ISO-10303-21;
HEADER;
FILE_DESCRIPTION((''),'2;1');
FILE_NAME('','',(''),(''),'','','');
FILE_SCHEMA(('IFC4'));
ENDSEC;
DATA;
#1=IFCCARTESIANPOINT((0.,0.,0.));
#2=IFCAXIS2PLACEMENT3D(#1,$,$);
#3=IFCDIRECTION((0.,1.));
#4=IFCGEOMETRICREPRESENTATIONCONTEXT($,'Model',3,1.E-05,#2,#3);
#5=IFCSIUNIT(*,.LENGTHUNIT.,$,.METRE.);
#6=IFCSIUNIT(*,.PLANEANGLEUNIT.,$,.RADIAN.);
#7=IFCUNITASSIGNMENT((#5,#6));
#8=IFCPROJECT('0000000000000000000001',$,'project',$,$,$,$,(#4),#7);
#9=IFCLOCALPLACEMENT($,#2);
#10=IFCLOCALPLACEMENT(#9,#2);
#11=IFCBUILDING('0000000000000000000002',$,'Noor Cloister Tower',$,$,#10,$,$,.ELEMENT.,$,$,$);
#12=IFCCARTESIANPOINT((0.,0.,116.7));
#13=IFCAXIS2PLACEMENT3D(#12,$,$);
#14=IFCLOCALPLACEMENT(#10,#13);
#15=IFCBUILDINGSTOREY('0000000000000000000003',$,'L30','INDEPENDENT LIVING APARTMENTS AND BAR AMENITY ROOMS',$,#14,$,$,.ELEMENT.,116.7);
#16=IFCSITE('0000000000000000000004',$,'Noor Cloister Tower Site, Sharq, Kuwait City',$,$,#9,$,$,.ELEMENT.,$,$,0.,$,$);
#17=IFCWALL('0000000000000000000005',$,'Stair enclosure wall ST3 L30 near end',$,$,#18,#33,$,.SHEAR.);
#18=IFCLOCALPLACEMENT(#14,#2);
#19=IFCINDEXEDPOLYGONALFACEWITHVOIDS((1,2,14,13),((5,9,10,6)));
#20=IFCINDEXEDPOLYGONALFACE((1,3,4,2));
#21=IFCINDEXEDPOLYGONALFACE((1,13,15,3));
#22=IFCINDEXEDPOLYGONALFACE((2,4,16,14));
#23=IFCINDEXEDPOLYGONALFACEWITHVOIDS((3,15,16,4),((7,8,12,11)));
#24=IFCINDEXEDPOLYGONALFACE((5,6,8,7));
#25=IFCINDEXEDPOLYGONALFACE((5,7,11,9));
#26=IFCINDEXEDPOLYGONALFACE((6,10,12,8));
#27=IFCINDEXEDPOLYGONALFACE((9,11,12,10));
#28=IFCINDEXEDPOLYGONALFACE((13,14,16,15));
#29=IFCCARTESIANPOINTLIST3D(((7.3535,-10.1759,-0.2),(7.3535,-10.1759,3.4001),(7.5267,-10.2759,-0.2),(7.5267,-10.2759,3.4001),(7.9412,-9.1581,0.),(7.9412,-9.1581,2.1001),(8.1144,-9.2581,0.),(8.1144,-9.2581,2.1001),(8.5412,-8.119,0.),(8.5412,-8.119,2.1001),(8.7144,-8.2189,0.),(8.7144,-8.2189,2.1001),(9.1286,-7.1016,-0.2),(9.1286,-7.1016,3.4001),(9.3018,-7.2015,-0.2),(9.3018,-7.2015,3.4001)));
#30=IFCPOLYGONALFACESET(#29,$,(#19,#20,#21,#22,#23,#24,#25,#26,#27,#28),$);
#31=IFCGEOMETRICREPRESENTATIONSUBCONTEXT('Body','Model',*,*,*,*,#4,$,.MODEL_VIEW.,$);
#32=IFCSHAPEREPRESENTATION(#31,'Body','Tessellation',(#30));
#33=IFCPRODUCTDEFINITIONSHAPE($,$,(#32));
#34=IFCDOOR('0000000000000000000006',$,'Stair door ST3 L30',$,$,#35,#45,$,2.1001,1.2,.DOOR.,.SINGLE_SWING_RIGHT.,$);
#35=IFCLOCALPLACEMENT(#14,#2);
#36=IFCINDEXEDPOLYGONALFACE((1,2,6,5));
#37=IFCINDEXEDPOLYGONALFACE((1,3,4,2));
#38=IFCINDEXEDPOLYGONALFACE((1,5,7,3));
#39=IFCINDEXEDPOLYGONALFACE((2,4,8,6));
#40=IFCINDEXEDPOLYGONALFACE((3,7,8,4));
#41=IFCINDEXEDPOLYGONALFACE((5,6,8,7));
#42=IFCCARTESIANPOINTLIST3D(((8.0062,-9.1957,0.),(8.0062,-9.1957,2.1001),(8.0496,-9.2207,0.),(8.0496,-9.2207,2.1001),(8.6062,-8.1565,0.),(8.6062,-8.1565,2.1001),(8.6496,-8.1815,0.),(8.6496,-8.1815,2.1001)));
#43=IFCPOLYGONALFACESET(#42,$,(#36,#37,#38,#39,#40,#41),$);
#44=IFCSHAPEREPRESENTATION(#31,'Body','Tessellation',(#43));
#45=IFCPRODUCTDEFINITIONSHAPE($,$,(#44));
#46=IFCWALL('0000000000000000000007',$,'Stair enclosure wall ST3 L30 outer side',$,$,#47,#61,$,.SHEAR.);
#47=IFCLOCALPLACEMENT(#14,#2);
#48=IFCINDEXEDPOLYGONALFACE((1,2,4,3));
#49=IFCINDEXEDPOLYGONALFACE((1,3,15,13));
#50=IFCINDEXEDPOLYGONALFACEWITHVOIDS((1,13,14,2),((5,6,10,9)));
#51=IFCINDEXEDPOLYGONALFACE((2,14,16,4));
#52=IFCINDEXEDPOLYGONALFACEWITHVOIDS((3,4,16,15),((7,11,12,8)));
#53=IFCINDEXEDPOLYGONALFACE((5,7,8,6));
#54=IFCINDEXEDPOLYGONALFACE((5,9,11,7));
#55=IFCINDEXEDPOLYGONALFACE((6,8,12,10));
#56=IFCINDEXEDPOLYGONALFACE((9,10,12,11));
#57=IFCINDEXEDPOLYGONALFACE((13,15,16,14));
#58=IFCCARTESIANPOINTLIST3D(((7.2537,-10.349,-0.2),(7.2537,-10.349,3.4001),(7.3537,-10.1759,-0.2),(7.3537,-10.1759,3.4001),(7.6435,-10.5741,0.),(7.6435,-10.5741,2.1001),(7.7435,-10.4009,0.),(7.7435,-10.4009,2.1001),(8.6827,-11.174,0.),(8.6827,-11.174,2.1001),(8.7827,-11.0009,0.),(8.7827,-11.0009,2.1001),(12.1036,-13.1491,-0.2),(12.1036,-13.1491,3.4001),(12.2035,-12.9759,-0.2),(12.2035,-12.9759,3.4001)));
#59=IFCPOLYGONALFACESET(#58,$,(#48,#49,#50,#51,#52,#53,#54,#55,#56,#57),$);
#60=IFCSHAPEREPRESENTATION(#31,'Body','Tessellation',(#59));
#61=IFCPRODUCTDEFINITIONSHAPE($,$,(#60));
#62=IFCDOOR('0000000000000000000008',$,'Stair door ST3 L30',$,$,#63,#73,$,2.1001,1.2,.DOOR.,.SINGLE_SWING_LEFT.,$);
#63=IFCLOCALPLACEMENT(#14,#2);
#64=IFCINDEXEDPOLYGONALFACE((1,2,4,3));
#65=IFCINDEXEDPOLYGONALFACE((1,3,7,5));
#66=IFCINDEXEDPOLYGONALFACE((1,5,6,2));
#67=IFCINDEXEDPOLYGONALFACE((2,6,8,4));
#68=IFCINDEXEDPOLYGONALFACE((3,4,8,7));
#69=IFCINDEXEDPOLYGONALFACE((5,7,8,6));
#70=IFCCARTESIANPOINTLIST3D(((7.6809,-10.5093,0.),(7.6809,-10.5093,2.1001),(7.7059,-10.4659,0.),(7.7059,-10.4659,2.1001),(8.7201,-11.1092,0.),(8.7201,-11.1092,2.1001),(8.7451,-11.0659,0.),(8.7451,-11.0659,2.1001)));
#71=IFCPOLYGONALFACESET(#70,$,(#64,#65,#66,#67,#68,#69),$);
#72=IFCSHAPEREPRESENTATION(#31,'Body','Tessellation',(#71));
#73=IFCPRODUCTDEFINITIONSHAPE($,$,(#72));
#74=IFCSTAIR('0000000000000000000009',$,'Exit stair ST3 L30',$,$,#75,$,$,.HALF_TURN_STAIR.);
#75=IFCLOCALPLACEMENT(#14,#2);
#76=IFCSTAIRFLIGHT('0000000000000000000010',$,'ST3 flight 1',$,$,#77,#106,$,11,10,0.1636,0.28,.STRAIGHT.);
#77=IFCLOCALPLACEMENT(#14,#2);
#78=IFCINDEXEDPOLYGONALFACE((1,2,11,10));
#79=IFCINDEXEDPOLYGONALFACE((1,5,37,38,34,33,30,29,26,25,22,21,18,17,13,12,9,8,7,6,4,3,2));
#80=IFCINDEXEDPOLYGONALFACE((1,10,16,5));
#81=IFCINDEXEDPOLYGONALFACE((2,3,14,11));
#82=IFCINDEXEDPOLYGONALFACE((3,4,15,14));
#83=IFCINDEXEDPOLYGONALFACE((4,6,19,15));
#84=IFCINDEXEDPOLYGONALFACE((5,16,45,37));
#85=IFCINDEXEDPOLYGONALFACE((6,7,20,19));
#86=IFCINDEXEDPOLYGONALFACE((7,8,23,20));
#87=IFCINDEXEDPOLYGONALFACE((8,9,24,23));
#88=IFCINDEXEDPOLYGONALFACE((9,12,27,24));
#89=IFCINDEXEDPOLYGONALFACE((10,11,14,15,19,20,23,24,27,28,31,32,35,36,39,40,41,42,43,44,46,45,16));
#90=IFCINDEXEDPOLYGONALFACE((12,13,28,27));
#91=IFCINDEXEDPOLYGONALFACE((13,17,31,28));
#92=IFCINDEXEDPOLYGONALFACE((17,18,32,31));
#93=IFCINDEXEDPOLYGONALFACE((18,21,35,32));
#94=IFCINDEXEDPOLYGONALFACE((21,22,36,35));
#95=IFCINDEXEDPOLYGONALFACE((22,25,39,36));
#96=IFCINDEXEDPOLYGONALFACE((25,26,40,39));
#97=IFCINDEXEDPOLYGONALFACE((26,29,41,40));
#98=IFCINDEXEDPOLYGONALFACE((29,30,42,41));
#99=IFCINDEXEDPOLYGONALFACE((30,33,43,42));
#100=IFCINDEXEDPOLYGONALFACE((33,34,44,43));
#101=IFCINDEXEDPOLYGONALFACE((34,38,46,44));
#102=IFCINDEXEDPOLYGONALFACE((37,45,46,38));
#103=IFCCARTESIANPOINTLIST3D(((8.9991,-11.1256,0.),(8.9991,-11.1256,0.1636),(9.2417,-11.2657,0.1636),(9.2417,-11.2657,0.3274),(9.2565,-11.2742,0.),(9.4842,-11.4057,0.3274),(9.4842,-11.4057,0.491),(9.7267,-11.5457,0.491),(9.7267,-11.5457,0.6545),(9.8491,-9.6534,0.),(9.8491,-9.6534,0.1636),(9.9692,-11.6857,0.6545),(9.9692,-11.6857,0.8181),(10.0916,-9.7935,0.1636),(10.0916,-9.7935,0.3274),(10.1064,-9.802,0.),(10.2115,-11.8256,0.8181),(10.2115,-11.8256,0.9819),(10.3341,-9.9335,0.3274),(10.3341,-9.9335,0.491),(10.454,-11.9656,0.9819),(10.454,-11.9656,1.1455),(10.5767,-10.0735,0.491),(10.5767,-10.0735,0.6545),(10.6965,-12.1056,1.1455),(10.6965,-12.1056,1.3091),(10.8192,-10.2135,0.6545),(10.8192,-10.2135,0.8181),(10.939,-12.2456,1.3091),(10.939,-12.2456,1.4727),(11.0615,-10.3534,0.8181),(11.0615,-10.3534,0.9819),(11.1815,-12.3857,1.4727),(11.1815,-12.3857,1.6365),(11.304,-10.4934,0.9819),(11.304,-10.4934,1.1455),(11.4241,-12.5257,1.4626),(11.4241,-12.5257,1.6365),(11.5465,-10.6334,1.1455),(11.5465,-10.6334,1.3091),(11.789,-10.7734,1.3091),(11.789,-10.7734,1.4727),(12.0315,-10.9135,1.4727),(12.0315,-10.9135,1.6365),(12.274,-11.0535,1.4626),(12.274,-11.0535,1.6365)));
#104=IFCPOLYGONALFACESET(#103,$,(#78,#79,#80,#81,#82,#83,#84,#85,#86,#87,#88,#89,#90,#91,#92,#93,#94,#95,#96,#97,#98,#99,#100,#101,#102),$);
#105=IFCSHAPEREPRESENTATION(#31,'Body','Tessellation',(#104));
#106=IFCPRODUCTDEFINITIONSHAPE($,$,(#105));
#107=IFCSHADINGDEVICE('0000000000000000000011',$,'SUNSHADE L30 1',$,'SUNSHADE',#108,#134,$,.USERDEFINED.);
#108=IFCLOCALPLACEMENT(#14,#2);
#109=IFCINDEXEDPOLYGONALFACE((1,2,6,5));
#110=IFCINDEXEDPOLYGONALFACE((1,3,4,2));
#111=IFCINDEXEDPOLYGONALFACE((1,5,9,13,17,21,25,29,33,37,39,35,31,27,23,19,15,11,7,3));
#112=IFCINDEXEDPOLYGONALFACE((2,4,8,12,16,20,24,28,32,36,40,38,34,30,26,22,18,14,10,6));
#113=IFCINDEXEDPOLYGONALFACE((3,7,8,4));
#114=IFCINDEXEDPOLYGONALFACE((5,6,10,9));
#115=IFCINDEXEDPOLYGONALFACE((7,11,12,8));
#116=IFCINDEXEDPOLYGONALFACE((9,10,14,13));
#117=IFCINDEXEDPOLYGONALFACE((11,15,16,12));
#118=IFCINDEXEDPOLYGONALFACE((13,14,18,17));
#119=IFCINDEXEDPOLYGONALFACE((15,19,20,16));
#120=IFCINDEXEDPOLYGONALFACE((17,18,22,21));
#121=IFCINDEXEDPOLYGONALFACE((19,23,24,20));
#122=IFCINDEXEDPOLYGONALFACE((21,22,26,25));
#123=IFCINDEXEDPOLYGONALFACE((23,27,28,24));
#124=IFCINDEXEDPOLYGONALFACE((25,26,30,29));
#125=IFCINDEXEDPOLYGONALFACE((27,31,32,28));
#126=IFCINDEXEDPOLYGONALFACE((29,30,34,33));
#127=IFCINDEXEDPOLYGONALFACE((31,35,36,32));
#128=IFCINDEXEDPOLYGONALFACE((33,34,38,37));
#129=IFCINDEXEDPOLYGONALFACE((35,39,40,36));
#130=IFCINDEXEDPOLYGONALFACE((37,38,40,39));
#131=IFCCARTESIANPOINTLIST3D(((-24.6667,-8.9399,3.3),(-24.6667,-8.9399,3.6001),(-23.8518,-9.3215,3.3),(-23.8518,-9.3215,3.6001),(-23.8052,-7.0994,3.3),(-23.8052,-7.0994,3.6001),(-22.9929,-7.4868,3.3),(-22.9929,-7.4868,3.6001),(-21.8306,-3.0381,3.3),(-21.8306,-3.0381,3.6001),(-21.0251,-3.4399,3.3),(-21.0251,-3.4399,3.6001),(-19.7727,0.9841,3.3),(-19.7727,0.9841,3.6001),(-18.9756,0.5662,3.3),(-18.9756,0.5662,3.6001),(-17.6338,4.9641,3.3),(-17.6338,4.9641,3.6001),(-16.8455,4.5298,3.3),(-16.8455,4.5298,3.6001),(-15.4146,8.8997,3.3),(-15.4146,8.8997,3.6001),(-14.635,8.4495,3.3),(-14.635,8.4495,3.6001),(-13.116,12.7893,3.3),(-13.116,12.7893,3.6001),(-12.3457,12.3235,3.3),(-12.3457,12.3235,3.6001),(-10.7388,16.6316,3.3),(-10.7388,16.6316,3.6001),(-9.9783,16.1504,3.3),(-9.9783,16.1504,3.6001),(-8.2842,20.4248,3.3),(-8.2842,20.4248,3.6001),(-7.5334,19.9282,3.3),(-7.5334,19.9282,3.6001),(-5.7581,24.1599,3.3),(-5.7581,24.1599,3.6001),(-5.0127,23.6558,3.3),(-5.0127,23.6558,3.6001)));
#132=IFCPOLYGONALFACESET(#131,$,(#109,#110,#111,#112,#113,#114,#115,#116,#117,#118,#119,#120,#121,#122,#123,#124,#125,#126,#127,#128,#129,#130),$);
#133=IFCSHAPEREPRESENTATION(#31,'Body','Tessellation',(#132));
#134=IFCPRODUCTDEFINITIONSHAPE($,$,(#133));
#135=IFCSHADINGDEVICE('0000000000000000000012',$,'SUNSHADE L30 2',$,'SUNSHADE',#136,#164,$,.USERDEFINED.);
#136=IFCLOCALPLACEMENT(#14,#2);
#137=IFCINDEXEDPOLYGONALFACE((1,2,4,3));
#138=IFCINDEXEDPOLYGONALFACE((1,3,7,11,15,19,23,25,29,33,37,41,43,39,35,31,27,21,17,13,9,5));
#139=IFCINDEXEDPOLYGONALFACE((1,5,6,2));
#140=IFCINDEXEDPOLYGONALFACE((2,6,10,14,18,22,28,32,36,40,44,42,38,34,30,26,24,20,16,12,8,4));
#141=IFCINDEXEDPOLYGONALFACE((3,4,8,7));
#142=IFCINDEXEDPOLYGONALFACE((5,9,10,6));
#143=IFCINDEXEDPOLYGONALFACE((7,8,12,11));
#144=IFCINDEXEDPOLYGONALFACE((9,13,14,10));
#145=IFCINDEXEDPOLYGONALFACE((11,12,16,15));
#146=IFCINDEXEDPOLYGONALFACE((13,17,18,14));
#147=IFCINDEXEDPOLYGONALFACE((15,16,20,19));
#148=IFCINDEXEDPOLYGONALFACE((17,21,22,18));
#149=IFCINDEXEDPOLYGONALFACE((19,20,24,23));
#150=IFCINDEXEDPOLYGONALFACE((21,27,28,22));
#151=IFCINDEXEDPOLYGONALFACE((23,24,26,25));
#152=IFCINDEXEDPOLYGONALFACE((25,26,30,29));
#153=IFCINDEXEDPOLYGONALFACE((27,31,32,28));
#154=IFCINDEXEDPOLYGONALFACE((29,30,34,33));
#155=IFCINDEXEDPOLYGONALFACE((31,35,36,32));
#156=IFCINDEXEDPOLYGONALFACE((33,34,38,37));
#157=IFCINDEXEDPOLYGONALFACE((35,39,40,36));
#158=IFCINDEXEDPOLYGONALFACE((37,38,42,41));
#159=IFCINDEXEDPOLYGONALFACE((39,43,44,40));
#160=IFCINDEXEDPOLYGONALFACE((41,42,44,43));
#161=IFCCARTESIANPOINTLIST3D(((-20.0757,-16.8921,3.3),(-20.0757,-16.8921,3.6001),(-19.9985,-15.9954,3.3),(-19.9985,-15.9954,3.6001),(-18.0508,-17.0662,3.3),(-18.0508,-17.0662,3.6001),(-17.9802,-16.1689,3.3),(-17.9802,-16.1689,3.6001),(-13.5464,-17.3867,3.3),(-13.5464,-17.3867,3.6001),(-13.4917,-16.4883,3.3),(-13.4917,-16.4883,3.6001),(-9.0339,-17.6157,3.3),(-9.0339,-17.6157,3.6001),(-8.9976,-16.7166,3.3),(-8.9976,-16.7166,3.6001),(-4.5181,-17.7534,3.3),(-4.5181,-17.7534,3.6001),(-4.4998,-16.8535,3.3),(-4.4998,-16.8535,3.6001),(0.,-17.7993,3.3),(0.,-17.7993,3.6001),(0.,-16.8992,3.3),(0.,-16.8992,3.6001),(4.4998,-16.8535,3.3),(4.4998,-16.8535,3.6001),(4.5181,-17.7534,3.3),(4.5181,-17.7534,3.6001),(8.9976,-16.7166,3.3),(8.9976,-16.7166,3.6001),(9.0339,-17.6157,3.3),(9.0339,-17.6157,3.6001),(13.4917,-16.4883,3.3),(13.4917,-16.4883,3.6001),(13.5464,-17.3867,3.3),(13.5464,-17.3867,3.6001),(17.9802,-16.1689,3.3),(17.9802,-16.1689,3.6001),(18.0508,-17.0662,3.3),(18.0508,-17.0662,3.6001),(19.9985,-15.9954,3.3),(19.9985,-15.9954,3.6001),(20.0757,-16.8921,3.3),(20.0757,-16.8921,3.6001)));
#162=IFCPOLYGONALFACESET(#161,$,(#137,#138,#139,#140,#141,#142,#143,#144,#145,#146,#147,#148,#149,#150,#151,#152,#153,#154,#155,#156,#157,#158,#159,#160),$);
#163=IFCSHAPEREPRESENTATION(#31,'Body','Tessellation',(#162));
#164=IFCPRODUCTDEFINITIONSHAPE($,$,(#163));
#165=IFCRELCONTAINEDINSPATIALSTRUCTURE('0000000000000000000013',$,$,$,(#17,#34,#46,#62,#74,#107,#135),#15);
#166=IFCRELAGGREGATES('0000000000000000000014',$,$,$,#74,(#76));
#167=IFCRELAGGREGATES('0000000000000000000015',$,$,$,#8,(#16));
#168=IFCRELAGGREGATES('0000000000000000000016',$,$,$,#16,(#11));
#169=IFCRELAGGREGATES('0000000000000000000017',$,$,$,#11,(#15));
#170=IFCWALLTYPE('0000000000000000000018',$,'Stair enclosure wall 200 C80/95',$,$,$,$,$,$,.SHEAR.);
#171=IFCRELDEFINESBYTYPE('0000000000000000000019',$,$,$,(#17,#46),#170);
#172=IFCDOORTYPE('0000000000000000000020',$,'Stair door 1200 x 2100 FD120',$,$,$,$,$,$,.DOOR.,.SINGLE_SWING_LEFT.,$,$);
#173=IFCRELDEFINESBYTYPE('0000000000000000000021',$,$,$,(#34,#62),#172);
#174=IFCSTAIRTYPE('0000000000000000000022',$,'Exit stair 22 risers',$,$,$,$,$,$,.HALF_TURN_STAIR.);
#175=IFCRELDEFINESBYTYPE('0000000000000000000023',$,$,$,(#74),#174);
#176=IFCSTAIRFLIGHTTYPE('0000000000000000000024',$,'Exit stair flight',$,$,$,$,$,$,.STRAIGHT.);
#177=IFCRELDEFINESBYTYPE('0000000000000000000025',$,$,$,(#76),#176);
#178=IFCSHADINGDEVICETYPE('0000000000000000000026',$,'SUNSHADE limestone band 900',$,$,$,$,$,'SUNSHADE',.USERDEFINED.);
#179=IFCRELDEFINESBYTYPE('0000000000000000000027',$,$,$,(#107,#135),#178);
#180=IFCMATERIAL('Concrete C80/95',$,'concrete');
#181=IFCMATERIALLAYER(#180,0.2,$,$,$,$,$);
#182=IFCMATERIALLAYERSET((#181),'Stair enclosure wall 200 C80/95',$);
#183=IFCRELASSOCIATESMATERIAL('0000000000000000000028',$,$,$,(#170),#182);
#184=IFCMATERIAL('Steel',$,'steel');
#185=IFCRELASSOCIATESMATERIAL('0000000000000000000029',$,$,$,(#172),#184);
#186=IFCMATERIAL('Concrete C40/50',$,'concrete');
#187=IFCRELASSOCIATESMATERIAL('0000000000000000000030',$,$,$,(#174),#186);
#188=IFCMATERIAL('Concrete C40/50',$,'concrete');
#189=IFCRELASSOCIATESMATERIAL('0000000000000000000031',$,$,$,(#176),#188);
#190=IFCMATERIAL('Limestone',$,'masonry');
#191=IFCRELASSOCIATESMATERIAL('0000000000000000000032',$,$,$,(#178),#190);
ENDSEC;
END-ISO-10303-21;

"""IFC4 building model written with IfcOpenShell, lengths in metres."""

from ifc_helpers import new_model, si_unit, direction, frame, frame_2d, origin, place, context, subcontext, project, spatial, polyline, rectangle, outline, extrude, material, layer, layer_set, type_object, element, fill, aggregate, save


model = new_model("IFC4")

# Units and contexts
model_context = context("Model", 3, precision=1e-05, world=origin(), true_north=direction((0.0, 1.0)))
body_context = subcontext(model_context, "Body", "Model", "MODEL_VIEW")
ifc_project = project(units=[si_unit("LENGTHUNIT", "METRE"), si_unit("PLANEANGLEUNIT", "RADIAN")], contexts=[model_context])

# Site, building, storey
site_placement = place(None, origin())
site = spatial("IfcSite", under=ifc_project, at=site_placement, Name="Noor Cloister Tower Site, Sharq, Kuwait City", CompositionType="ELEMENT", RefElevation=0.0)
building_placement = place(site_placement, origin())
building = spatial("IfcBuilding", under=site, at=building_placement, Name="Noor Cloister Tower", CompositionType="ELEMENT")
storey_placement = place(building_placement, frame((0.0, 0.0, 116.7)))
storey = spatial("IfcBuildingStorey", under=building, at=storey_placement, Name="L30", Description="INDEPENDENT LIVING APARTMENTS AND BAR AMENITY ROOMS", CompositionType="ELEMENT", Elevation=116.7)

# Walls, openings, doors
ifc_material_1 = material(Name="Concrete C80/95", Category="concrete")
ifc_layer_1 = layer(ifc_material_1, 0.2)
ifc_layer_set_1 = layer_set([ifc_layer_1], Name="Stair enclosure wall 200 C80/95")
wall_type_1 = type_object("IfcWallType", Name="Stair enclosure wall 200 C80/95", PredefinedType="SHEAR", material=ifc_layer_set_1)
wall_1_placement = place(storey_placement, frame((7.4402, -10.2258, -0.2), z_axis=(0.0, 0.0, 1.0), x_axis=(0.500022, 0.866013, 0.0)))
wall_1 = element("IfcWall", 1, at=wall_1_placement, inside=storey, type_object=wall_type_1, Name="Stair enclosure wall ST3 L30 near end", PredefinedType="SHEAR", context=body_context, shape_type="SweptSolid", body=[
    extrude(rectangle(XDim=3.55, YDim=0.2, at=frame_2d((1.7749, 0.0))), origin(), (0.0, 0.0, 1.0), 3.6001),
])
opening_1_placement = place(wall_1_placement, frame((1.175, 0.0, 0.2)))
opening_1 = element("IfcOpeningElement", 2, at=opening_1_placement, cuts=wall_1, PredefinedType="OPENING", context=body_context, shape_type="SweptSolid", body=[
    extrude(rectangle(XDim=1.2, YDim=2.1001, at=frame_2d((0.6001, 1.05))), frame((0.0, 0.1099, 0.0), z_axis=(0.0, -1.0, 0.0), x_axis=(1.0, 0.0, 0.0)), (0.0, 0.0, 1.0), 0.22),
])
ifc_material_2 = material(Name="Steel", Category="steel")
door_type_1 = type_object("IfcDoorType", Name="Stair door 1200 x 2100 FD120", OperationType="SINGLE_SWING_LEFT", PredefinedType="DOOR", material=ifc_material_2)
door_1_placement = place(opening_1_placement, origin())
door_1 = element("IfcDoor", 3, at=door_1_placement, inside=storey, type_object=door_type_1, Name="Stair door ST3 L30", OperationType="SINGLE_SWING_RIGHT", OverallHeight=2.1001, OverallWidth=1.2, PredefinedType="DOOR", context=body_context, shape_type="SweptSolid", body=[
    extrude(rectangle(XDim=1.2, YDim=2.1001, at=frame_2d((0.6001, 1.05))), frame((0.0, 0.0249, 0.0), z_axis=(0.0, -1.0, 0.0), x_axis=(1.0, 0.0, 0.0)), (0.0, 0.0, 1.0), 0.05),
])
fill(opening_1, door_1)
wall_2_placement = place(storey_placement, frame((7.3037, -10.2625, -0.2), z_axis=(0.0, 0.0, 1.0), x_axis=(0.866027, -0.499998, 0.0)))
wall_2 = element("IfcWall", 4, at=wall_2_placement, inside=storey, type_object=wall_type_1, Name="Stair enclosure wall ST3 L30 outer side", PredefinedType="SHEAR", context=body_context, shape_type="SweptSolid", body=[
    extrude(rectangle(XDim=5.6001, YDim=0.2, at=frame_2d((2.8, 0.0))), origin(), (0.0, 0.0, 1.0), 3.6001),
])
opening_2_placement = place(wall_2_placement, frame((0.45, 0.0, 0.2)))
opening_2 = element("IfcOpeningElement", 5, at=opening_2_placement, cuts=wall_2, PredefinedType="OPENING", context=body_context, shape_type="SweptSolid", body=[
    extrude(rectangle(XDim=1.2, YDim=2.1001, at=frame_2d((0.6001, 1.05))), frame((0.0, 0.1099, 0.0), z_axis=(0.0, -1.0, 0.0), x_axis=(1.0, 0.0, 0.0)), (0.0, 0.0, 1.0), 0.22),
])
door_2_placement = place(opening_2_placement, origin())
door_2 = element("IfcDoor", 6, at=door_2_placement, inside=storey, type_object=door_type_1, Name="Stair door ST3 L30", OperationType="SINGLE_SWING_LEFT", OverallHeight=2.1001, OverallWidth=1.2, PredefinedType="DOOR", context=body_context, shape_type="SweptSolid", body=[
    extrude(rectangle(XDim=1.2, YDim=2.1001, at=frame_2d((0.6001, 1.05))), frame((0.0, 0.0249, 0.0), z_axis=(0.0, -1.0, 0.0), x_axis=(1.0, 0.0, 0.0)), (0.0, 0.0, 1.0), 0.05),
])
fill(opening_2, door_2)

# Stair, stair flight
ifc_material_3 = material(Name="Concrete C40/50", Category="concrete")
stair_type = type_object("IfcStairType", Name="Exit stair 22 risers", PredefinedType="HALF_TURN_STAIR", material=ifc_material_3)
stair_placement = place(storey_placement, origin())
stair = element("IfcStair", 7, at=stair_placement, inside=storey, type_object=stair_type, Name="Exit stair ST3 L30", PredefinedType="HALF_TURN_STAIR")
ifc_material_4 = material(Name="Concrete C40/50", Category="concrete")
stair_flight_type = type_object("IfcStairFlightType", Name="Exit stair flight", PredefinedType="STRAIGHT", material=ifc_material_4)
stair_flight_placement = place(storey_placement, frame((9.4241, -10.3896, 0.0), z_axis=(0.0, 0.0, 1.0), x_axis=(0.866025, -0.5, 0.0)))
stair_flight = element("IfcStairFlight", 8, at=stair_flight_placement, type_object=stair_flight_type, Name="ST3 flight 1", NumberOfRisers=11, NumberOfTreads=10, PredefinedType="STRAIGHT", RiserHeight=0.1636, TreadLength=0.28, context=body_context, shape_type="SweptSolid", body=[
    extrude(outline(polyline([(0.0, 0.0), (0.0, 0.1636), (0.28, 0.1636), (0.28, 0.3274), (0.5601, 0.3274), (0.5601, 0.491), (0.8401, 0.491), (0.8401, 0.6545), (1.1201, 0.6545), (1.1201, 0.8181), (1.3999, 0.8181), (1.3999, 0.9819), (1.6799, 0.9819), (1.6799, 1.1455), (1.96, 1.1455), (1.96, 1.3091), (2.24, 1.3091), (2.24, 1.4727), (2.52, 1.4727), (2.52, 1.6365), (2.8, 1.6365), (2.8, 1.8), (2.8, 1.4626), (0.2971, 0.0), (0.0, 0.0)])), frame((0.0, 0.8501, 0.0), z_axis=(0.0, -1.0, 0.0), x_axis=(1.0, 0.0, 0.0)), (0.0, 0.0, 1.0), 1.7),
])
aggregate(stair, [stair_flight])

# Shading devices
ifc_material_5 = material(Name="Limestone", Category="masonry")
shading_device_type = type_object("IfcShadingDeviceType", Name="SUNSHADE limestone band 900", ElementType="SUNSHADE", PredefinedType="USERDEFINED", material=ifc_material_5)
shading_device_1_placement = place(storey_placement, frame((0.0, 0.0, 3.3)))
element("IfcShadingDevice", 9, at=shading_device_1_placement, inside=storey, type_object=shading_device_type, Name="SUNSHADE L30 1", ObjectType="SUNSHADE", PredefinedType="USERDEFINED", context=body_context, shape_type="SweptSolid", body=[
    extrude(outline(polyline([(-5.7581, 24.1599), (-8.2842, 20.4248), (-10.7388, 16.6316), (-13.116, 12.7893), (-15.4146, 8.8997), (-17.6338, 4.9641), (-19.7727, 0.9841), (-21.8306, -3.0381), (-23.8052, -7.0994), (-24.6667, -8.9399), (-23.8518, -9.3215), (-22.9929, -7.4868), (-21.0251, -3.4399), (-18.9756, 0.5662), (-16.8455, 4.5298), (-14.635, 8.4495), (-12.3457, 12.3235), (-9.9783, 16.1504), (-7.5334, 19.9282), (-5.0127, 23.6558), (-5.7581, 24.1599)])), origin(), (0.0, 0.0, 1.0), 0.3),
])
shading_device_2_placement = place(storey_placement, frame((0.0, 0.0, 3.3)))
element("IfcShadingDevice", 10, at=shading_device_2_placement, inside=storey, type_object=shading_device_type, Name="SUNSHADE L30 2", ObjectType="SUNSHADE", PredefinedType="USERDEFINED", context=body_context, shape_type="SweptSolid", body=[
    extrude(outline(polyline([(-20.0757, -16.8921), (-18.0508, -17.0662), (-13.5464, -17.3867), (-9.0339, -17.6157), (-4.5181, -17.7534), (0.0, -17.7993), (4.5181, -17.7534), (9.0339, -17.6157), (13.5464, -17.3867), (18.0508, -17.0662), (20.0757, -16.8921), (19.9985, -15.9954), (17.9802, -16.1689), (13.4917, -16.4883), (8.9976, -16.7166), (4.4998, -16.8535), (0.0, -16.8992), (-4.4998, -16.8535), (-8.9976, -16.7166), (-13.4917, -16.4883), (-17.9802, -16.1689), (-19.9985, -15.9954), (-20.0757, -16.8921)])), origin(), (0.0, 0.0, 1.0), 0.3),
])

save(model, "model.ifc")
